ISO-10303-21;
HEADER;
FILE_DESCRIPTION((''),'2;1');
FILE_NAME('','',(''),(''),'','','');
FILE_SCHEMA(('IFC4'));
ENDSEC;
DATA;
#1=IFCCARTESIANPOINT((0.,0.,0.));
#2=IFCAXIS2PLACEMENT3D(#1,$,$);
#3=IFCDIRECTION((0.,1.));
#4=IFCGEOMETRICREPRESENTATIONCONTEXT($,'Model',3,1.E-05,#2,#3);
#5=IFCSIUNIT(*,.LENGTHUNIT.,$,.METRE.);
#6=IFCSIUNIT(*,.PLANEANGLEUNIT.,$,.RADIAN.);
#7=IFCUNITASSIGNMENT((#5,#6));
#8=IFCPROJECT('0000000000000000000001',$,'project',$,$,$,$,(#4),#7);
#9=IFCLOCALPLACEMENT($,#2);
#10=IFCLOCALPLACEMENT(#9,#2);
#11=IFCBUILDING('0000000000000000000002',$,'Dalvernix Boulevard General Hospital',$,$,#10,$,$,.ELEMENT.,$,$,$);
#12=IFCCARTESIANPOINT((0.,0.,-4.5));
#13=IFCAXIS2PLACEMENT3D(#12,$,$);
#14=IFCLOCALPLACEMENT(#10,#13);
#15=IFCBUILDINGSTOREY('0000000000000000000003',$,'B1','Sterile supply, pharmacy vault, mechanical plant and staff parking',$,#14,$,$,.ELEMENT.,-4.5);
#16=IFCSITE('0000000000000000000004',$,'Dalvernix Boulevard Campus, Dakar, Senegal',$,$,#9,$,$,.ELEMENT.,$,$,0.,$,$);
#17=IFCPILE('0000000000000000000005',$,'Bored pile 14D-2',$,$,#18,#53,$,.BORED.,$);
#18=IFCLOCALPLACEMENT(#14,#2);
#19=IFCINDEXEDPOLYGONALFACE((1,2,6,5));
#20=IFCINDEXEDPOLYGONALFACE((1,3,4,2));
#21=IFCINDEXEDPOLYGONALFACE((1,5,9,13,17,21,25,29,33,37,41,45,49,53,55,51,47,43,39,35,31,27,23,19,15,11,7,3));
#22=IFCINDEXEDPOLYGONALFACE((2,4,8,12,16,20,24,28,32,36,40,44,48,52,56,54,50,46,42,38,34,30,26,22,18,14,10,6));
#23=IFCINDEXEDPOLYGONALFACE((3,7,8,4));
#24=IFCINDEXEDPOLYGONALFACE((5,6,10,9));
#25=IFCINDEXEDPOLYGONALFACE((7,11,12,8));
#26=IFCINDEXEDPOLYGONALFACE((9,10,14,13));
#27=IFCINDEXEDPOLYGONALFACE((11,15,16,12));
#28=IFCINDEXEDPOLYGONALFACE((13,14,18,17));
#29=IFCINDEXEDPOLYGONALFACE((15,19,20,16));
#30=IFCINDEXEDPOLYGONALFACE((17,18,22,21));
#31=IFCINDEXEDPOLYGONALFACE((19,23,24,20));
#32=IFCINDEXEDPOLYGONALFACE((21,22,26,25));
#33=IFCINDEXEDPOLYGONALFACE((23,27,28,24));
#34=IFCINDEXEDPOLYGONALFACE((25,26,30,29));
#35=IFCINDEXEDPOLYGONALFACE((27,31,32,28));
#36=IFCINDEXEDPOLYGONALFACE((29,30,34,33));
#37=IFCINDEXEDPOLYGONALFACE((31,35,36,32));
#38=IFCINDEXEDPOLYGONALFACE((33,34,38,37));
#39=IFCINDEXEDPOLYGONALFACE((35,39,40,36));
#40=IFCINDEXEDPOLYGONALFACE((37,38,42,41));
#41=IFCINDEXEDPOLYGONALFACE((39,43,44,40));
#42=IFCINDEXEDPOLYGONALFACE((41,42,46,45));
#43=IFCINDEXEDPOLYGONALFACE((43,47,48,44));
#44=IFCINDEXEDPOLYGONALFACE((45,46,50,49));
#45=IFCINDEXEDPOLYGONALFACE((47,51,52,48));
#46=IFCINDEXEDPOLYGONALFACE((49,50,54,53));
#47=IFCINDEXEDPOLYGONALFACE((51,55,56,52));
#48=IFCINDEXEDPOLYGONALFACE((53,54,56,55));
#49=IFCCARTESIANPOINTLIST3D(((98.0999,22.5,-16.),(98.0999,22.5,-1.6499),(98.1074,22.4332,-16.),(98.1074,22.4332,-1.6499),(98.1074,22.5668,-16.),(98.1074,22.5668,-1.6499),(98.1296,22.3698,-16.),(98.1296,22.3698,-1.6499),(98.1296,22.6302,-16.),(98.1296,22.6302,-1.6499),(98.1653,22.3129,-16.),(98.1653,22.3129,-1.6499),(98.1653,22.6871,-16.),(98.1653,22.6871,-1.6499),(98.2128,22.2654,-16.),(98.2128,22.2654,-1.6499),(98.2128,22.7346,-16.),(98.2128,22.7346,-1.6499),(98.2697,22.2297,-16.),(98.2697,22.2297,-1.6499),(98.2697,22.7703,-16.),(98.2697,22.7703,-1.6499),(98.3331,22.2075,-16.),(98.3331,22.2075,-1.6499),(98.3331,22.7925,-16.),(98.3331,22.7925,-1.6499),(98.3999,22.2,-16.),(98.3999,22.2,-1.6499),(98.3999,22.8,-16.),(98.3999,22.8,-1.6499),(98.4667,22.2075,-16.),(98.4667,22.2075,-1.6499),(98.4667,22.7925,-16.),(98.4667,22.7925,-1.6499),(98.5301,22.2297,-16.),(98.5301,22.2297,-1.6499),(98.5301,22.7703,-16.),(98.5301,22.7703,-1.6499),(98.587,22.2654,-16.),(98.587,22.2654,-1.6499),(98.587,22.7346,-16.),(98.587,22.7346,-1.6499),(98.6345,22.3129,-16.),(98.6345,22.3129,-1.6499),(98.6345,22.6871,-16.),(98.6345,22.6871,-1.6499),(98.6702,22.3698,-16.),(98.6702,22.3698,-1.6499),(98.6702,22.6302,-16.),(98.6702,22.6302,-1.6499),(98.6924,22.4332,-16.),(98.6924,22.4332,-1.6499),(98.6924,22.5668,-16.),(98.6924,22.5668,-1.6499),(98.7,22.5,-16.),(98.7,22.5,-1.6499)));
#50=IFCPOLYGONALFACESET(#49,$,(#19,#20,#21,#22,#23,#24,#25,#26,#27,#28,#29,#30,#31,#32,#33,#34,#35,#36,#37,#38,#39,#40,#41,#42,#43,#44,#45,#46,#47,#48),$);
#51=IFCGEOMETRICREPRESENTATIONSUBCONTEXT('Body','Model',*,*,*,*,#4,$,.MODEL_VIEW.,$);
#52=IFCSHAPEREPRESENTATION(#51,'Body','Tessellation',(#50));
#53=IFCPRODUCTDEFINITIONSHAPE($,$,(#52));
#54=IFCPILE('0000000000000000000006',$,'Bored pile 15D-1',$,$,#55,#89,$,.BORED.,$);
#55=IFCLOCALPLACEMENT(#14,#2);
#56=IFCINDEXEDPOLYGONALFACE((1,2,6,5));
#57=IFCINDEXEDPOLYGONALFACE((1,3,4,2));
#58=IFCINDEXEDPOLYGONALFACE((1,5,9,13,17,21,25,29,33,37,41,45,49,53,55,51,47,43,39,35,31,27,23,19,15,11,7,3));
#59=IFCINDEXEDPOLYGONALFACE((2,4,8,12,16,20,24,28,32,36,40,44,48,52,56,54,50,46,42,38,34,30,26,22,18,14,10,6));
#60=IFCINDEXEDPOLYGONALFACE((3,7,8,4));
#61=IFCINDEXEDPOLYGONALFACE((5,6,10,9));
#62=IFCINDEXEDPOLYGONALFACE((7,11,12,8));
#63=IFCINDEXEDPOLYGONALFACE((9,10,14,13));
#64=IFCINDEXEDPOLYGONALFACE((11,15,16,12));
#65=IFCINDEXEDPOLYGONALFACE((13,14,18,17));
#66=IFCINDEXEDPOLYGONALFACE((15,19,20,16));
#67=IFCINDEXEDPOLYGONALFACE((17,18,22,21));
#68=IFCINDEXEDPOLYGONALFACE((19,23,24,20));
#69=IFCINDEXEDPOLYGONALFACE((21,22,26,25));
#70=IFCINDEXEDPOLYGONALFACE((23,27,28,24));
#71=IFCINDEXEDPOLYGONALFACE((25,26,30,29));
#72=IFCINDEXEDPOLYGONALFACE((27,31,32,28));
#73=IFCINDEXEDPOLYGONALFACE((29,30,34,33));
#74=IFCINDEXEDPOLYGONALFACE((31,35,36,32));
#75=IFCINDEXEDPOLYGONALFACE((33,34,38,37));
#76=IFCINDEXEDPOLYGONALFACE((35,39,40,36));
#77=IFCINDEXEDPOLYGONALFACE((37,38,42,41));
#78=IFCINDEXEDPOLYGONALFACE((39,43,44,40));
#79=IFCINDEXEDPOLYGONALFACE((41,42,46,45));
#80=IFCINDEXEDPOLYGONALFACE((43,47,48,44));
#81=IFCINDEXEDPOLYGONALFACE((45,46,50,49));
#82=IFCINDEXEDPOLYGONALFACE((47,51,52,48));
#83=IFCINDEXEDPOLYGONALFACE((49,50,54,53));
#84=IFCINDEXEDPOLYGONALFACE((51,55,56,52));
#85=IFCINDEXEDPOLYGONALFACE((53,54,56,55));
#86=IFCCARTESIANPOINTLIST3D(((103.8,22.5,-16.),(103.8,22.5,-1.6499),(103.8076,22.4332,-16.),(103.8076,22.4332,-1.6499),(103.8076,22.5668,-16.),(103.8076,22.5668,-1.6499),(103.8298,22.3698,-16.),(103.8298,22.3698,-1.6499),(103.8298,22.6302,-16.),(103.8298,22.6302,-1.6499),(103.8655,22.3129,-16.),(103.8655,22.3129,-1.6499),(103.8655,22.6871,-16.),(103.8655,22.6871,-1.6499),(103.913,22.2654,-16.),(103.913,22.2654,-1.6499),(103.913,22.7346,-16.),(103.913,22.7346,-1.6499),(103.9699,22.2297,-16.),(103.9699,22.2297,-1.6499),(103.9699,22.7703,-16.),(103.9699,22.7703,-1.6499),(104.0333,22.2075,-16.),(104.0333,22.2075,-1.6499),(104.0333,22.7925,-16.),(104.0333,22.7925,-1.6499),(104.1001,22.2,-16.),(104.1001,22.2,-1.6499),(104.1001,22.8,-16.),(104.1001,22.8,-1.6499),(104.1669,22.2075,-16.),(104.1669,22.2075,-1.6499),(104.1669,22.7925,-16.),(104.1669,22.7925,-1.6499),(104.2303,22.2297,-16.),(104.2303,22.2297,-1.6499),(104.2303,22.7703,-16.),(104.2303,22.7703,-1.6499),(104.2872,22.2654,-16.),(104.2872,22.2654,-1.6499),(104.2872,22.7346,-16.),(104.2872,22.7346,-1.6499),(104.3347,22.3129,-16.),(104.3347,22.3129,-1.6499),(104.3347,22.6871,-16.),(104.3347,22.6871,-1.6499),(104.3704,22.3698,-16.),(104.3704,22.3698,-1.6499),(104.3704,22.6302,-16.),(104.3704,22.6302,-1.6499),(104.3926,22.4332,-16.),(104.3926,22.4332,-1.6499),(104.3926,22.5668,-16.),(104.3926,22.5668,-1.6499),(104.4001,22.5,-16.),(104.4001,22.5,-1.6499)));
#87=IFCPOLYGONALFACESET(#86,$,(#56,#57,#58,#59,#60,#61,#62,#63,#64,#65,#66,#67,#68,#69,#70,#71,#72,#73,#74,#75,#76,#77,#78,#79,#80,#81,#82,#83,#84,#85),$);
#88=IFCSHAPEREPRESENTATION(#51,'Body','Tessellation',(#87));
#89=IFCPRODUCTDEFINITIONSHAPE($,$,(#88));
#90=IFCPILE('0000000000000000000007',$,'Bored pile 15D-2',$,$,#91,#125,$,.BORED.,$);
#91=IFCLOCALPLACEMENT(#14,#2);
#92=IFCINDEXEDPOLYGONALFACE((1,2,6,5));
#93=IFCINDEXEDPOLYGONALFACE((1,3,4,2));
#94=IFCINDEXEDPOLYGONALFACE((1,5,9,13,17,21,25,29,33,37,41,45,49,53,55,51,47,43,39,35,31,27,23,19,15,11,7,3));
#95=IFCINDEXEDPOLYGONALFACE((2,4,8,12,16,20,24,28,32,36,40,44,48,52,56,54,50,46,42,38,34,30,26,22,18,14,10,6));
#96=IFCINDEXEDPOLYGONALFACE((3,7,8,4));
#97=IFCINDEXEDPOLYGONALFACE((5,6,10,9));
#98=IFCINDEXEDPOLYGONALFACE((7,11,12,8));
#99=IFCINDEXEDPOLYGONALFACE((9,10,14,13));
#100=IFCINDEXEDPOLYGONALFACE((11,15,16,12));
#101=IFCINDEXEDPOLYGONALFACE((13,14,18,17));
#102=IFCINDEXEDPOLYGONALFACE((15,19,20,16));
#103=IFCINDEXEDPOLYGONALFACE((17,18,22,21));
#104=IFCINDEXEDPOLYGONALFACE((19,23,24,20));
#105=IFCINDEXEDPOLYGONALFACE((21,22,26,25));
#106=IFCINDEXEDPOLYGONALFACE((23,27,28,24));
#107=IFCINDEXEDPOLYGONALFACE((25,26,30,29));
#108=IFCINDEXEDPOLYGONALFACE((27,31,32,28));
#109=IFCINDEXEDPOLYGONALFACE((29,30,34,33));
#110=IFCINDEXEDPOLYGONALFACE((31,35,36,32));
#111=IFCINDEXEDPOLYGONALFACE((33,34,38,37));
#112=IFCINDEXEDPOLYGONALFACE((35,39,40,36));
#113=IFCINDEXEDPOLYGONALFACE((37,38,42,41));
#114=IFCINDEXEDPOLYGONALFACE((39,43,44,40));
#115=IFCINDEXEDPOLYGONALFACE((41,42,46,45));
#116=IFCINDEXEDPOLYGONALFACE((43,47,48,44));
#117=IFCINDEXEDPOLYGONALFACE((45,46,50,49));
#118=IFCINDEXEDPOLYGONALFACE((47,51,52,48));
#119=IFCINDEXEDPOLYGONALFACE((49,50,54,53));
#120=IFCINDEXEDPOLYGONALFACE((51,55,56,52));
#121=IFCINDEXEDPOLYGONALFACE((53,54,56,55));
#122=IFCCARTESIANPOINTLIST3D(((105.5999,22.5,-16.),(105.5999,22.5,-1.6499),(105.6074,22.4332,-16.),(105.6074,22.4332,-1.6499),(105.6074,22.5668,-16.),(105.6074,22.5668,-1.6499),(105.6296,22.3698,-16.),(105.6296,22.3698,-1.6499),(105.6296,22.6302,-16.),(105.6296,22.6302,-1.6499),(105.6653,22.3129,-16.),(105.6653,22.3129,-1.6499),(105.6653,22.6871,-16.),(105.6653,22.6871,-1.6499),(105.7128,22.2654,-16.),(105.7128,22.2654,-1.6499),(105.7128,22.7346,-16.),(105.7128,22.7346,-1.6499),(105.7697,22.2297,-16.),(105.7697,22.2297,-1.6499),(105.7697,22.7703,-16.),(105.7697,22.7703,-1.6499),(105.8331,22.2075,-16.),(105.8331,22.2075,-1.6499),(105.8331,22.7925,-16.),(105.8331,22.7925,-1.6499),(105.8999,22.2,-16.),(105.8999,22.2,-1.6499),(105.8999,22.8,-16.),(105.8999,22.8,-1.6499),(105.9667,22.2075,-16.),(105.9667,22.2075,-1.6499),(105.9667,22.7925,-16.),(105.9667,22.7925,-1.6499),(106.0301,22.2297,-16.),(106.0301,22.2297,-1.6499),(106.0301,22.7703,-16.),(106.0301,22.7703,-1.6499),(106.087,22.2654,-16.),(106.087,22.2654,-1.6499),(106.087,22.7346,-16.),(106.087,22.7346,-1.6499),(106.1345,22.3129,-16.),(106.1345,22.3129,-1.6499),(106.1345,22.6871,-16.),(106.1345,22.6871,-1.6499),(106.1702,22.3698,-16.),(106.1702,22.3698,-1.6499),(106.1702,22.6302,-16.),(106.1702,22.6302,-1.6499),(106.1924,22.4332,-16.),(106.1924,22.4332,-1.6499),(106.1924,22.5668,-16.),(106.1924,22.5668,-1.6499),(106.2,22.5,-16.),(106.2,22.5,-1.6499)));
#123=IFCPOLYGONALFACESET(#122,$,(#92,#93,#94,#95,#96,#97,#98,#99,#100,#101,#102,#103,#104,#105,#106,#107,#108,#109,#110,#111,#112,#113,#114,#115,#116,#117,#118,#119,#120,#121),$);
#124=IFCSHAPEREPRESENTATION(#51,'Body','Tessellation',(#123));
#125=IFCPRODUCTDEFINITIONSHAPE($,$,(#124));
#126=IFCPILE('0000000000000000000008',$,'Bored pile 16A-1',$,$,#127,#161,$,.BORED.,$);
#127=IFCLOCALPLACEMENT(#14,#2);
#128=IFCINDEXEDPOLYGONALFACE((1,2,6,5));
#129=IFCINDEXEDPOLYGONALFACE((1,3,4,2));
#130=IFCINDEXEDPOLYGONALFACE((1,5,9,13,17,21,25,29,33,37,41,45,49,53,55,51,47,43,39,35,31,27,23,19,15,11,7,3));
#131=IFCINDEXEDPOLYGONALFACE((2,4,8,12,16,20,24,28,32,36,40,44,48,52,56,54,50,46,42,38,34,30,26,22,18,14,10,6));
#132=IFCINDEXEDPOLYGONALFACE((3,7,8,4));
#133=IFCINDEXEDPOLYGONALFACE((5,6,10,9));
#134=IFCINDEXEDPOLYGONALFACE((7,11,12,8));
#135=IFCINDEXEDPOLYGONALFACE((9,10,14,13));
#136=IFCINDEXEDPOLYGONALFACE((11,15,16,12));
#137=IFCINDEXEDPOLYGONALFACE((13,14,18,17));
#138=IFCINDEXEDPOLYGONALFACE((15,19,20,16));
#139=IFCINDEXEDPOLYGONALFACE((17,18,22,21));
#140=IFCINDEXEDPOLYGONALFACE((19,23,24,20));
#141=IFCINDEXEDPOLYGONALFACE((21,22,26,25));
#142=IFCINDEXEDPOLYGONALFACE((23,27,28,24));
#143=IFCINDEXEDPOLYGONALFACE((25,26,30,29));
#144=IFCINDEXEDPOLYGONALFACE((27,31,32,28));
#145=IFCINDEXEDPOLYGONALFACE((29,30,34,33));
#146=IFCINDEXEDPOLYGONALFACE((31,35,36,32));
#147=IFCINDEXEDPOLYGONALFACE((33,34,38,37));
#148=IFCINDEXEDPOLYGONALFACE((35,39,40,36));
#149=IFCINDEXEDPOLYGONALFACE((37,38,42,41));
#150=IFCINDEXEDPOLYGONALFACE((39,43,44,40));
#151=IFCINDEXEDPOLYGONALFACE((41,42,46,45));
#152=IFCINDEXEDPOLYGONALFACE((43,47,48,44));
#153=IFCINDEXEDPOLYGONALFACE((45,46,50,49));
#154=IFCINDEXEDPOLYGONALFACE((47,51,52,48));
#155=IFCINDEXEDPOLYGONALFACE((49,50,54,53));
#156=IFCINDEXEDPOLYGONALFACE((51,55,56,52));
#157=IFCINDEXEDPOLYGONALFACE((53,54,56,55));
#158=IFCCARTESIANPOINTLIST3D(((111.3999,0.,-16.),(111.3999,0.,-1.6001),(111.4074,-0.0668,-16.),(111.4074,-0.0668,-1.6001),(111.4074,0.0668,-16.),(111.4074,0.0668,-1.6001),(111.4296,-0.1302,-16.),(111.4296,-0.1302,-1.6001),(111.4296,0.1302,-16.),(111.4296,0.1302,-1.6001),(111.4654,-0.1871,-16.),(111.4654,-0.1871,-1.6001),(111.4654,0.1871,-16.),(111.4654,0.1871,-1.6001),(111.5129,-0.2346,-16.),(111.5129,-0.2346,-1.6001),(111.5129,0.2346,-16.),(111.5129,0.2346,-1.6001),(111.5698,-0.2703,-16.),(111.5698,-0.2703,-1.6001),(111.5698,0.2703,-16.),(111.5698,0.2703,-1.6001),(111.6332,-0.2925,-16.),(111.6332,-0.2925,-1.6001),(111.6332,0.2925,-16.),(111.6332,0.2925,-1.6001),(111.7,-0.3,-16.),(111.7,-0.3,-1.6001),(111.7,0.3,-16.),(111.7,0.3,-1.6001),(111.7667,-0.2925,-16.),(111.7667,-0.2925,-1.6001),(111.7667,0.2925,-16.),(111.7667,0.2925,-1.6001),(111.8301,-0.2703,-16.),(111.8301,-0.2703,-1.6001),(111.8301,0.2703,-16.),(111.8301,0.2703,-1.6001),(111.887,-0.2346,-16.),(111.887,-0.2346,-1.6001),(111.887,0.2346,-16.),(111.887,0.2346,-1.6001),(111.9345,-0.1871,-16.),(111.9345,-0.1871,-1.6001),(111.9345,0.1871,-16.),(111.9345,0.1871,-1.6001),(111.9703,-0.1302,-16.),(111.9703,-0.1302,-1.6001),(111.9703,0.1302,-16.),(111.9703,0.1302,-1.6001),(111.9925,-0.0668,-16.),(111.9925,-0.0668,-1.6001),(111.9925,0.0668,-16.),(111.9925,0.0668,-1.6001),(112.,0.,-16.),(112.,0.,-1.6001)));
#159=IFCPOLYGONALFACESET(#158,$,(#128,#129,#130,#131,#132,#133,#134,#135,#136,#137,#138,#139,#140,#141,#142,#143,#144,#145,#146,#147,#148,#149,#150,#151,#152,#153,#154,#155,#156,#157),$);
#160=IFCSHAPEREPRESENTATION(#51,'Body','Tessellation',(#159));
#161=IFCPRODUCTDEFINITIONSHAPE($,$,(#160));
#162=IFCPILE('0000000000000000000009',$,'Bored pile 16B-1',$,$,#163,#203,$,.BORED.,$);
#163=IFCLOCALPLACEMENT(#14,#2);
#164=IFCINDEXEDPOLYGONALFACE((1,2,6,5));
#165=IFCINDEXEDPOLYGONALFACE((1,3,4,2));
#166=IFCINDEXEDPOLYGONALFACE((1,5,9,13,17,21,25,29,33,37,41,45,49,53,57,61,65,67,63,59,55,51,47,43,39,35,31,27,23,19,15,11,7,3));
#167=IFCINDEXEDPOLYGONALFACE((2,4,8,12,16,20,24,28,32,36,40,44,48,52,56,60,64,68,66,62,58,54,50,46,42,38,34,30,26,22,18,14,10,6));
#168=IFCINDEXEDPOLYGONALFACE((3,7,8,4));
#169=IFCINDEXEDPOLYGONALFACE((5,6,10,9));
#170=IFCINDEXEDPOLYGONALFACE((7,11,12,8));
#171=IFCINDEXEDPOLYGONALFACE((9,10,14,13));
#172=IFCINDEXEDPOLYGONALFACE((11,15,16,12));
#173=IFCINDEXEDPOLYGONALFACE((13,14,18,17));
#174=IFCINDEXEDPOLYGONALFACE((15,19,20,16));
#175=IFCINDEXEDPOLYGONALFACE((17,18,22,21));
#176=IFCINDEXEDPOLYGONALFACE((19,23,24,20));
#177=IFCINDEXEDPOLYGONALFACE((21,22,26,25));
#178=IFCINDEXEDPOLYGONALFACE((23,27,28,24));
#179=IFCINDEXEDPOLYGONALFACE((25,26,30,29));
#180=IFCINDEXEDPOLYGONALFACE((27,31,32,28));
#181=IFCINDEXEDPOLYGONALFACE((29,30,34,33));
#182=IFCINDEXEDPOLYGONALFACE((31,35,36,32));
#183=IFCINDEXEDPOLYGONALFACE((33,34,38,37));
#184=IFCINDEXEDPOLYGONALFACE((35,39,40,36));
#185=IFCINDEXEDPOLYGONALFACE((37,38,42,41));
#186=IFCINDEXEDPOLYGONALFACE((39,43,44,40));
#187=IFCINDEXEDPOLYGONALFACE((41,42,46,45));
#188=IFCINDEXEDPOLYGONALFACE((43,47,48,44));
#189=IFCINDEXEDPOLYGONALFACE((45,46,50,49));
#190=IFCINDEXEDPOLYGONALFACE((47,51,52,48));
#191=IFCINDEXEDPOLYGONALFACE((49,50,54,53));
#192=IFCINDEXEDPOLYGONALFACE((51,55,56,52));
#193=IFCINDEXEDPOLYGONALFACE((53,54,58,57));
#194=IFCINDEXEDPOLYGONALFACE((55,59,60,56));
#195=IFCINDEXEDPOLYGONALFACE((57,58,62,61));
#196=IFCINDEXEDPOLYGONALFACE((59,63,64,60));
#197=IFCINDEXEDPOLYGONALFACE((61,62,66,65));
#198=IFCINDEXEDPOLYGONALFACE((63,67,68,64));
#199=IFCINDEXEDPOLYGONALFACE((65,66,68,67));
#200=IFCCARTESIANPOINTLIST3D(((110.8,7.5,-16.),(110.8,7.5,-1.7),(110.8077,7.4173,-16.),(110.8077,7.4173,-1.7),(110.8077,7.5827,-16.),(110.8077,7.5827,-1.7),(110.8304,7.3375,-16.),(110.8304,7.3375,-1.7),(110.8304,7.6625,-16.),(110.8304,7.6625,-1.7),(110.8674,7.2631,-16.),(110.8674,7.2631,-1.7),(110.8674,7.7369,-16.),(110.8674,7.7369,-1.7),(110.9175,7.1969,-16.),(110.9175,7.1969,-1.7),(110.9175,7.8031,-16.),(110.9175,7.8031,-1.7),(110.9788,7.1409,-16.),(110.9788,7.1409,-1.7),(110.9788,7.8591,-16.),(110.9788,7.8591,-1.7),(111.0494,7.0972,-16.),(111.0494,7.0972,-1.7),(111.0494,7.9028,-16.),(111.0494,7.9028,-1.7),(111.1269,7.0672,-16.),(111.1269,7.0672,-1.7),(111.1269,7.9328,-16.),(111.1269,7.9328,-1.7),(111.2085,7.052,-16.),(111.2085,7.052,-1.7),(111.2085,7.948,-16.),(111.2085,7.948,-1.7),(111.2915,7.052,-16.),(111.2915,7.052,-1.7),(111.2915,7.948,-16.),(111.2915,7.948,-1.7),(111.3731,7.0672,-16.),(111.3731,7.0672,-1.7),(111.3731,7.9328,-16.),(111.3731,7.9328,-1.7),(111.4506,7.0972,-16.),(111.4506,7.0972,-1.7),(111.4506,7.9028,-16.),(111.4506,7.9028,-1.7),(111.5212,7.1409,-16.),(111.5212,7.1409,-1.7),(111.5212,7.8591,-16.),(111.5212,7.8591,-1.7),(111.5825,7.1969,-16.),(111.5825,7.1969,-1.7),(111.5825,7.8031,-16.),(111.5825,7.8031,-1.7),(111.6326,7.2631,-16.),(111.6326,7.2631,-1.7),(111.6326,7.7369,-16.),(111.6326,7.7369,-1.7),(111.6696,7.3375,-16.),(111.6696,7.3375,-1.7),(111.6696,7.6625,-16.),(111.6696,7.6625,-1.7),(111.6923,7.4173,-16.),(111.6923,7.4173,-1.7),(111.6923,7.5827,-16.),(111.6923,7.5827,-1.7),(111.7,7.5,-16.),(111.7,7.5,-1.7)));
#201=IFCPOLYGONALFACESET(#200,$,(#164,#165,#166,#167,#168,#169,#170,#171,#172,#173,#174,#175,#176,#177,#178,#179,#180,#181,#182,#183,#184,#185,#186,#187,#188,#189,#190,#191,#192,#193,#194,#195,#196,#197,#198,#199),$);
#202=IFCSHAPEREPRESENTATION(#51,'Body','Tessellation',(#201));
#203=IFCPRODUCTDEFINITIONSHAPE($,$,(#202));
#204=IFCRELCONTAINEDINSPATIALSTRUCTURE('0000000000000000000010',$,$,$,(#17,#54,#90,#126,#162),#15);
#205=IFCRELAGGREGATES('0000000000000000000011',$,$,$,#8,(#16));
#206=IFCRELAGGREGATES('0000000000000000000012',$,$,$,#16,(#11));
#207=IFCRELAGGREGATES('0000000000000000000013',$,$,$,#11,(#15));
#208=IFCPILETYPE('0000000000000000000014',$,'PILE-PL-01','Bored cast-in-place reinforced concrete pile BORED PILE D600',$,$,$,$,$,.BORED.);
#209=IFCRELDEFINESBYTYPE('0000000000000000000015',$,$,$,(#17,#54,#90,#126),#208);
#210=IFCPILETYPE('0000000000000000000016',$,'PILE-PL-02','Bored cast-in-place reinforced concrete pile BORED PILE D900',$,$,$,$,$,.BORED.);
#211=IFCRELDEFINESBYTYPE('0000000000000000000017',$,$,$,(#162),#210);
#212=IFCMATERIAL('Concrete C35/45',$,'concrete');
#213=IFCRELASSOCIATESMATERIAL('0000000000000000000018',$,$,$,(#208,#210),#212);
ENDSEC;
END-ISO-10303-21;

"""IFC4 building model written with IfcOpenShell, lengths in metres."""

from ifc_helpers import new_model, si_unit, direction, frame, origin, origin_2d, place, context, subcontext, project, spatial, circle, extrude, material, material_profile, profile_set, type_object, element, save


model = new_model("IFC4")

# Units and contexts
model_context = context("Model", 3, precision=1e-05, world=origin(), true_north=direction((0.0, 1.0)))
body_context = subcontext(model_context, "Body", "Model", "MODEL_VIEW")
ifc_project = project(units=[si_unit("LENGTHUNIT", "METRE"), si_unit("PLANEANGLEUNIT", "RADIAN")], contexts=[model_context])

# Site, building, storey
site_placement = place(None, origin())
site = spatial("IfcSite", under=ifc_project, at=site_placement, Name="Dalvernix Boulevard Campus, Dakar, Senegal", CompositionType="ELEMENT", RefElevation=0.0)
building_placement = place(site_placement, origin())
building = spatial("IfcBuilding", under=site, at=building_placement, Name="Dalvernix Boulevard General Hospital", CompositionType="ELEMENT")
storey_placement = place(building_placement, frame((0.0, 0.0, -4.5)))
storey = spatial("IfcBuildingStorey", under=building, at=storey_placement, Name="B1", Description="Sterile supply, pharmacy vault, mechanical plant and staff parking", CompositionType="ELEMENT", Elevation=-4.5)

# Shared definitions
ifc_material_1 = material(Name="Concrete C35/45", Category="concrete")

# Piles
ifc_material_profile_1 = material_profile(ifc_material_1, circle(Radius=0.3, at=origin_2d()), Name="BORED PILE D600")
ifc_profile_set_1 = profile_set([ifc_material_profile_1], Name="Concrete C35/45")
pile_type_1 = type_object("IfcPileType", Name="PILE-PL-01", Description="Bored cast-in-place reinforced concrete pile BORED PILE D600", PredefinedType="BORED", material=ifc_profile_set_1)
for number, where, z_axis, x_axis, name in (
    (1, (98.3999, 22.5, -1.6499), (0.0, 0.0, -1.0), (1.0, 0.0, 0.0), "Bored pile 14D-2"),
    (2, (104.1001, 22.5, -1.6499), (0.0, 0.0, -1.0), (1.0, 0.0, 0.0), "Bored pile 15D-1"),
    (3, (105.8999, 22.5, -1.6499), (0.0, 0.0, -1.0), (1.0, 0.0, 0.0), "Bored pile 15D-2"),
):
    element("IfcPile", number, at=place(storey_placement, frame(where, z_axis=z_axis, x_axis=x_axis)), inside=storey, type_object=pile_type_1, Name=name, PredefinedType="BORED", context=body_context, shape_type="SweptSolid", body=[
        extrude(circle(Radius=0.3, at=origin_2d()), origin(), (0.0, 0.0, 1.0), 14.3501),
    ])
pile_placement = place(storey_placement, frame((111.7, 0.0, -1.6001), z_axis=(0.0, 0.0, -1.0), x_axis=(1.0, 0.0, 0.0)))
element("IfcPile", 4, at=pile_placement, inside=storey, type_object=pile_type_1, Name="Bored pile 16A-1", PredefinedType="BORED", context=body_context, shape_type="SweptSolid", body=[
    extrude(circle(Radius=0.3, at=origin_2d()), origin(), (0.0, 0.0, 1.0), 14.3999),
])
ifc_material_profile_2 = material_profile(ifc_material_1, circle(Radius=0.45, at=origin_2d()), Name="BORED PILE D900")
ifc_profile_set_2 = profile_set([ifc_material_profile_2], Name="Concrete C35/45")
pile_type_2 = type_object("IfcPileType", Name="PILE-PL-02", Description="Bored cast-in-place reinforced concrete pile BORED PILE D900", PredefinedType="BORED", material=ifc_profile_set_2)
for number, where, z_axis, x_axis, name in (
    (5, (111.25, 7.5, -1.7), (0.0, 0.0, -1.0), (1.0, 0.0, 0.0), "Bored pile 16B-1"),
):
    element("IfcPile", number, at=place(storey_placement, frame(where, z_axis=z_axis, x_axis=x_axis)), inside=storey, type_object=pile_type_2, Name=name, PredefinedType="BORED", context=body_context, shape_type="SweptSolid", body=[
        extrude(circle(Radius=0.45, at=origin_2d()), origin(), (0.0, 0.0, 1.0), 14.3),
    ])

save(model, "model.ifc")
